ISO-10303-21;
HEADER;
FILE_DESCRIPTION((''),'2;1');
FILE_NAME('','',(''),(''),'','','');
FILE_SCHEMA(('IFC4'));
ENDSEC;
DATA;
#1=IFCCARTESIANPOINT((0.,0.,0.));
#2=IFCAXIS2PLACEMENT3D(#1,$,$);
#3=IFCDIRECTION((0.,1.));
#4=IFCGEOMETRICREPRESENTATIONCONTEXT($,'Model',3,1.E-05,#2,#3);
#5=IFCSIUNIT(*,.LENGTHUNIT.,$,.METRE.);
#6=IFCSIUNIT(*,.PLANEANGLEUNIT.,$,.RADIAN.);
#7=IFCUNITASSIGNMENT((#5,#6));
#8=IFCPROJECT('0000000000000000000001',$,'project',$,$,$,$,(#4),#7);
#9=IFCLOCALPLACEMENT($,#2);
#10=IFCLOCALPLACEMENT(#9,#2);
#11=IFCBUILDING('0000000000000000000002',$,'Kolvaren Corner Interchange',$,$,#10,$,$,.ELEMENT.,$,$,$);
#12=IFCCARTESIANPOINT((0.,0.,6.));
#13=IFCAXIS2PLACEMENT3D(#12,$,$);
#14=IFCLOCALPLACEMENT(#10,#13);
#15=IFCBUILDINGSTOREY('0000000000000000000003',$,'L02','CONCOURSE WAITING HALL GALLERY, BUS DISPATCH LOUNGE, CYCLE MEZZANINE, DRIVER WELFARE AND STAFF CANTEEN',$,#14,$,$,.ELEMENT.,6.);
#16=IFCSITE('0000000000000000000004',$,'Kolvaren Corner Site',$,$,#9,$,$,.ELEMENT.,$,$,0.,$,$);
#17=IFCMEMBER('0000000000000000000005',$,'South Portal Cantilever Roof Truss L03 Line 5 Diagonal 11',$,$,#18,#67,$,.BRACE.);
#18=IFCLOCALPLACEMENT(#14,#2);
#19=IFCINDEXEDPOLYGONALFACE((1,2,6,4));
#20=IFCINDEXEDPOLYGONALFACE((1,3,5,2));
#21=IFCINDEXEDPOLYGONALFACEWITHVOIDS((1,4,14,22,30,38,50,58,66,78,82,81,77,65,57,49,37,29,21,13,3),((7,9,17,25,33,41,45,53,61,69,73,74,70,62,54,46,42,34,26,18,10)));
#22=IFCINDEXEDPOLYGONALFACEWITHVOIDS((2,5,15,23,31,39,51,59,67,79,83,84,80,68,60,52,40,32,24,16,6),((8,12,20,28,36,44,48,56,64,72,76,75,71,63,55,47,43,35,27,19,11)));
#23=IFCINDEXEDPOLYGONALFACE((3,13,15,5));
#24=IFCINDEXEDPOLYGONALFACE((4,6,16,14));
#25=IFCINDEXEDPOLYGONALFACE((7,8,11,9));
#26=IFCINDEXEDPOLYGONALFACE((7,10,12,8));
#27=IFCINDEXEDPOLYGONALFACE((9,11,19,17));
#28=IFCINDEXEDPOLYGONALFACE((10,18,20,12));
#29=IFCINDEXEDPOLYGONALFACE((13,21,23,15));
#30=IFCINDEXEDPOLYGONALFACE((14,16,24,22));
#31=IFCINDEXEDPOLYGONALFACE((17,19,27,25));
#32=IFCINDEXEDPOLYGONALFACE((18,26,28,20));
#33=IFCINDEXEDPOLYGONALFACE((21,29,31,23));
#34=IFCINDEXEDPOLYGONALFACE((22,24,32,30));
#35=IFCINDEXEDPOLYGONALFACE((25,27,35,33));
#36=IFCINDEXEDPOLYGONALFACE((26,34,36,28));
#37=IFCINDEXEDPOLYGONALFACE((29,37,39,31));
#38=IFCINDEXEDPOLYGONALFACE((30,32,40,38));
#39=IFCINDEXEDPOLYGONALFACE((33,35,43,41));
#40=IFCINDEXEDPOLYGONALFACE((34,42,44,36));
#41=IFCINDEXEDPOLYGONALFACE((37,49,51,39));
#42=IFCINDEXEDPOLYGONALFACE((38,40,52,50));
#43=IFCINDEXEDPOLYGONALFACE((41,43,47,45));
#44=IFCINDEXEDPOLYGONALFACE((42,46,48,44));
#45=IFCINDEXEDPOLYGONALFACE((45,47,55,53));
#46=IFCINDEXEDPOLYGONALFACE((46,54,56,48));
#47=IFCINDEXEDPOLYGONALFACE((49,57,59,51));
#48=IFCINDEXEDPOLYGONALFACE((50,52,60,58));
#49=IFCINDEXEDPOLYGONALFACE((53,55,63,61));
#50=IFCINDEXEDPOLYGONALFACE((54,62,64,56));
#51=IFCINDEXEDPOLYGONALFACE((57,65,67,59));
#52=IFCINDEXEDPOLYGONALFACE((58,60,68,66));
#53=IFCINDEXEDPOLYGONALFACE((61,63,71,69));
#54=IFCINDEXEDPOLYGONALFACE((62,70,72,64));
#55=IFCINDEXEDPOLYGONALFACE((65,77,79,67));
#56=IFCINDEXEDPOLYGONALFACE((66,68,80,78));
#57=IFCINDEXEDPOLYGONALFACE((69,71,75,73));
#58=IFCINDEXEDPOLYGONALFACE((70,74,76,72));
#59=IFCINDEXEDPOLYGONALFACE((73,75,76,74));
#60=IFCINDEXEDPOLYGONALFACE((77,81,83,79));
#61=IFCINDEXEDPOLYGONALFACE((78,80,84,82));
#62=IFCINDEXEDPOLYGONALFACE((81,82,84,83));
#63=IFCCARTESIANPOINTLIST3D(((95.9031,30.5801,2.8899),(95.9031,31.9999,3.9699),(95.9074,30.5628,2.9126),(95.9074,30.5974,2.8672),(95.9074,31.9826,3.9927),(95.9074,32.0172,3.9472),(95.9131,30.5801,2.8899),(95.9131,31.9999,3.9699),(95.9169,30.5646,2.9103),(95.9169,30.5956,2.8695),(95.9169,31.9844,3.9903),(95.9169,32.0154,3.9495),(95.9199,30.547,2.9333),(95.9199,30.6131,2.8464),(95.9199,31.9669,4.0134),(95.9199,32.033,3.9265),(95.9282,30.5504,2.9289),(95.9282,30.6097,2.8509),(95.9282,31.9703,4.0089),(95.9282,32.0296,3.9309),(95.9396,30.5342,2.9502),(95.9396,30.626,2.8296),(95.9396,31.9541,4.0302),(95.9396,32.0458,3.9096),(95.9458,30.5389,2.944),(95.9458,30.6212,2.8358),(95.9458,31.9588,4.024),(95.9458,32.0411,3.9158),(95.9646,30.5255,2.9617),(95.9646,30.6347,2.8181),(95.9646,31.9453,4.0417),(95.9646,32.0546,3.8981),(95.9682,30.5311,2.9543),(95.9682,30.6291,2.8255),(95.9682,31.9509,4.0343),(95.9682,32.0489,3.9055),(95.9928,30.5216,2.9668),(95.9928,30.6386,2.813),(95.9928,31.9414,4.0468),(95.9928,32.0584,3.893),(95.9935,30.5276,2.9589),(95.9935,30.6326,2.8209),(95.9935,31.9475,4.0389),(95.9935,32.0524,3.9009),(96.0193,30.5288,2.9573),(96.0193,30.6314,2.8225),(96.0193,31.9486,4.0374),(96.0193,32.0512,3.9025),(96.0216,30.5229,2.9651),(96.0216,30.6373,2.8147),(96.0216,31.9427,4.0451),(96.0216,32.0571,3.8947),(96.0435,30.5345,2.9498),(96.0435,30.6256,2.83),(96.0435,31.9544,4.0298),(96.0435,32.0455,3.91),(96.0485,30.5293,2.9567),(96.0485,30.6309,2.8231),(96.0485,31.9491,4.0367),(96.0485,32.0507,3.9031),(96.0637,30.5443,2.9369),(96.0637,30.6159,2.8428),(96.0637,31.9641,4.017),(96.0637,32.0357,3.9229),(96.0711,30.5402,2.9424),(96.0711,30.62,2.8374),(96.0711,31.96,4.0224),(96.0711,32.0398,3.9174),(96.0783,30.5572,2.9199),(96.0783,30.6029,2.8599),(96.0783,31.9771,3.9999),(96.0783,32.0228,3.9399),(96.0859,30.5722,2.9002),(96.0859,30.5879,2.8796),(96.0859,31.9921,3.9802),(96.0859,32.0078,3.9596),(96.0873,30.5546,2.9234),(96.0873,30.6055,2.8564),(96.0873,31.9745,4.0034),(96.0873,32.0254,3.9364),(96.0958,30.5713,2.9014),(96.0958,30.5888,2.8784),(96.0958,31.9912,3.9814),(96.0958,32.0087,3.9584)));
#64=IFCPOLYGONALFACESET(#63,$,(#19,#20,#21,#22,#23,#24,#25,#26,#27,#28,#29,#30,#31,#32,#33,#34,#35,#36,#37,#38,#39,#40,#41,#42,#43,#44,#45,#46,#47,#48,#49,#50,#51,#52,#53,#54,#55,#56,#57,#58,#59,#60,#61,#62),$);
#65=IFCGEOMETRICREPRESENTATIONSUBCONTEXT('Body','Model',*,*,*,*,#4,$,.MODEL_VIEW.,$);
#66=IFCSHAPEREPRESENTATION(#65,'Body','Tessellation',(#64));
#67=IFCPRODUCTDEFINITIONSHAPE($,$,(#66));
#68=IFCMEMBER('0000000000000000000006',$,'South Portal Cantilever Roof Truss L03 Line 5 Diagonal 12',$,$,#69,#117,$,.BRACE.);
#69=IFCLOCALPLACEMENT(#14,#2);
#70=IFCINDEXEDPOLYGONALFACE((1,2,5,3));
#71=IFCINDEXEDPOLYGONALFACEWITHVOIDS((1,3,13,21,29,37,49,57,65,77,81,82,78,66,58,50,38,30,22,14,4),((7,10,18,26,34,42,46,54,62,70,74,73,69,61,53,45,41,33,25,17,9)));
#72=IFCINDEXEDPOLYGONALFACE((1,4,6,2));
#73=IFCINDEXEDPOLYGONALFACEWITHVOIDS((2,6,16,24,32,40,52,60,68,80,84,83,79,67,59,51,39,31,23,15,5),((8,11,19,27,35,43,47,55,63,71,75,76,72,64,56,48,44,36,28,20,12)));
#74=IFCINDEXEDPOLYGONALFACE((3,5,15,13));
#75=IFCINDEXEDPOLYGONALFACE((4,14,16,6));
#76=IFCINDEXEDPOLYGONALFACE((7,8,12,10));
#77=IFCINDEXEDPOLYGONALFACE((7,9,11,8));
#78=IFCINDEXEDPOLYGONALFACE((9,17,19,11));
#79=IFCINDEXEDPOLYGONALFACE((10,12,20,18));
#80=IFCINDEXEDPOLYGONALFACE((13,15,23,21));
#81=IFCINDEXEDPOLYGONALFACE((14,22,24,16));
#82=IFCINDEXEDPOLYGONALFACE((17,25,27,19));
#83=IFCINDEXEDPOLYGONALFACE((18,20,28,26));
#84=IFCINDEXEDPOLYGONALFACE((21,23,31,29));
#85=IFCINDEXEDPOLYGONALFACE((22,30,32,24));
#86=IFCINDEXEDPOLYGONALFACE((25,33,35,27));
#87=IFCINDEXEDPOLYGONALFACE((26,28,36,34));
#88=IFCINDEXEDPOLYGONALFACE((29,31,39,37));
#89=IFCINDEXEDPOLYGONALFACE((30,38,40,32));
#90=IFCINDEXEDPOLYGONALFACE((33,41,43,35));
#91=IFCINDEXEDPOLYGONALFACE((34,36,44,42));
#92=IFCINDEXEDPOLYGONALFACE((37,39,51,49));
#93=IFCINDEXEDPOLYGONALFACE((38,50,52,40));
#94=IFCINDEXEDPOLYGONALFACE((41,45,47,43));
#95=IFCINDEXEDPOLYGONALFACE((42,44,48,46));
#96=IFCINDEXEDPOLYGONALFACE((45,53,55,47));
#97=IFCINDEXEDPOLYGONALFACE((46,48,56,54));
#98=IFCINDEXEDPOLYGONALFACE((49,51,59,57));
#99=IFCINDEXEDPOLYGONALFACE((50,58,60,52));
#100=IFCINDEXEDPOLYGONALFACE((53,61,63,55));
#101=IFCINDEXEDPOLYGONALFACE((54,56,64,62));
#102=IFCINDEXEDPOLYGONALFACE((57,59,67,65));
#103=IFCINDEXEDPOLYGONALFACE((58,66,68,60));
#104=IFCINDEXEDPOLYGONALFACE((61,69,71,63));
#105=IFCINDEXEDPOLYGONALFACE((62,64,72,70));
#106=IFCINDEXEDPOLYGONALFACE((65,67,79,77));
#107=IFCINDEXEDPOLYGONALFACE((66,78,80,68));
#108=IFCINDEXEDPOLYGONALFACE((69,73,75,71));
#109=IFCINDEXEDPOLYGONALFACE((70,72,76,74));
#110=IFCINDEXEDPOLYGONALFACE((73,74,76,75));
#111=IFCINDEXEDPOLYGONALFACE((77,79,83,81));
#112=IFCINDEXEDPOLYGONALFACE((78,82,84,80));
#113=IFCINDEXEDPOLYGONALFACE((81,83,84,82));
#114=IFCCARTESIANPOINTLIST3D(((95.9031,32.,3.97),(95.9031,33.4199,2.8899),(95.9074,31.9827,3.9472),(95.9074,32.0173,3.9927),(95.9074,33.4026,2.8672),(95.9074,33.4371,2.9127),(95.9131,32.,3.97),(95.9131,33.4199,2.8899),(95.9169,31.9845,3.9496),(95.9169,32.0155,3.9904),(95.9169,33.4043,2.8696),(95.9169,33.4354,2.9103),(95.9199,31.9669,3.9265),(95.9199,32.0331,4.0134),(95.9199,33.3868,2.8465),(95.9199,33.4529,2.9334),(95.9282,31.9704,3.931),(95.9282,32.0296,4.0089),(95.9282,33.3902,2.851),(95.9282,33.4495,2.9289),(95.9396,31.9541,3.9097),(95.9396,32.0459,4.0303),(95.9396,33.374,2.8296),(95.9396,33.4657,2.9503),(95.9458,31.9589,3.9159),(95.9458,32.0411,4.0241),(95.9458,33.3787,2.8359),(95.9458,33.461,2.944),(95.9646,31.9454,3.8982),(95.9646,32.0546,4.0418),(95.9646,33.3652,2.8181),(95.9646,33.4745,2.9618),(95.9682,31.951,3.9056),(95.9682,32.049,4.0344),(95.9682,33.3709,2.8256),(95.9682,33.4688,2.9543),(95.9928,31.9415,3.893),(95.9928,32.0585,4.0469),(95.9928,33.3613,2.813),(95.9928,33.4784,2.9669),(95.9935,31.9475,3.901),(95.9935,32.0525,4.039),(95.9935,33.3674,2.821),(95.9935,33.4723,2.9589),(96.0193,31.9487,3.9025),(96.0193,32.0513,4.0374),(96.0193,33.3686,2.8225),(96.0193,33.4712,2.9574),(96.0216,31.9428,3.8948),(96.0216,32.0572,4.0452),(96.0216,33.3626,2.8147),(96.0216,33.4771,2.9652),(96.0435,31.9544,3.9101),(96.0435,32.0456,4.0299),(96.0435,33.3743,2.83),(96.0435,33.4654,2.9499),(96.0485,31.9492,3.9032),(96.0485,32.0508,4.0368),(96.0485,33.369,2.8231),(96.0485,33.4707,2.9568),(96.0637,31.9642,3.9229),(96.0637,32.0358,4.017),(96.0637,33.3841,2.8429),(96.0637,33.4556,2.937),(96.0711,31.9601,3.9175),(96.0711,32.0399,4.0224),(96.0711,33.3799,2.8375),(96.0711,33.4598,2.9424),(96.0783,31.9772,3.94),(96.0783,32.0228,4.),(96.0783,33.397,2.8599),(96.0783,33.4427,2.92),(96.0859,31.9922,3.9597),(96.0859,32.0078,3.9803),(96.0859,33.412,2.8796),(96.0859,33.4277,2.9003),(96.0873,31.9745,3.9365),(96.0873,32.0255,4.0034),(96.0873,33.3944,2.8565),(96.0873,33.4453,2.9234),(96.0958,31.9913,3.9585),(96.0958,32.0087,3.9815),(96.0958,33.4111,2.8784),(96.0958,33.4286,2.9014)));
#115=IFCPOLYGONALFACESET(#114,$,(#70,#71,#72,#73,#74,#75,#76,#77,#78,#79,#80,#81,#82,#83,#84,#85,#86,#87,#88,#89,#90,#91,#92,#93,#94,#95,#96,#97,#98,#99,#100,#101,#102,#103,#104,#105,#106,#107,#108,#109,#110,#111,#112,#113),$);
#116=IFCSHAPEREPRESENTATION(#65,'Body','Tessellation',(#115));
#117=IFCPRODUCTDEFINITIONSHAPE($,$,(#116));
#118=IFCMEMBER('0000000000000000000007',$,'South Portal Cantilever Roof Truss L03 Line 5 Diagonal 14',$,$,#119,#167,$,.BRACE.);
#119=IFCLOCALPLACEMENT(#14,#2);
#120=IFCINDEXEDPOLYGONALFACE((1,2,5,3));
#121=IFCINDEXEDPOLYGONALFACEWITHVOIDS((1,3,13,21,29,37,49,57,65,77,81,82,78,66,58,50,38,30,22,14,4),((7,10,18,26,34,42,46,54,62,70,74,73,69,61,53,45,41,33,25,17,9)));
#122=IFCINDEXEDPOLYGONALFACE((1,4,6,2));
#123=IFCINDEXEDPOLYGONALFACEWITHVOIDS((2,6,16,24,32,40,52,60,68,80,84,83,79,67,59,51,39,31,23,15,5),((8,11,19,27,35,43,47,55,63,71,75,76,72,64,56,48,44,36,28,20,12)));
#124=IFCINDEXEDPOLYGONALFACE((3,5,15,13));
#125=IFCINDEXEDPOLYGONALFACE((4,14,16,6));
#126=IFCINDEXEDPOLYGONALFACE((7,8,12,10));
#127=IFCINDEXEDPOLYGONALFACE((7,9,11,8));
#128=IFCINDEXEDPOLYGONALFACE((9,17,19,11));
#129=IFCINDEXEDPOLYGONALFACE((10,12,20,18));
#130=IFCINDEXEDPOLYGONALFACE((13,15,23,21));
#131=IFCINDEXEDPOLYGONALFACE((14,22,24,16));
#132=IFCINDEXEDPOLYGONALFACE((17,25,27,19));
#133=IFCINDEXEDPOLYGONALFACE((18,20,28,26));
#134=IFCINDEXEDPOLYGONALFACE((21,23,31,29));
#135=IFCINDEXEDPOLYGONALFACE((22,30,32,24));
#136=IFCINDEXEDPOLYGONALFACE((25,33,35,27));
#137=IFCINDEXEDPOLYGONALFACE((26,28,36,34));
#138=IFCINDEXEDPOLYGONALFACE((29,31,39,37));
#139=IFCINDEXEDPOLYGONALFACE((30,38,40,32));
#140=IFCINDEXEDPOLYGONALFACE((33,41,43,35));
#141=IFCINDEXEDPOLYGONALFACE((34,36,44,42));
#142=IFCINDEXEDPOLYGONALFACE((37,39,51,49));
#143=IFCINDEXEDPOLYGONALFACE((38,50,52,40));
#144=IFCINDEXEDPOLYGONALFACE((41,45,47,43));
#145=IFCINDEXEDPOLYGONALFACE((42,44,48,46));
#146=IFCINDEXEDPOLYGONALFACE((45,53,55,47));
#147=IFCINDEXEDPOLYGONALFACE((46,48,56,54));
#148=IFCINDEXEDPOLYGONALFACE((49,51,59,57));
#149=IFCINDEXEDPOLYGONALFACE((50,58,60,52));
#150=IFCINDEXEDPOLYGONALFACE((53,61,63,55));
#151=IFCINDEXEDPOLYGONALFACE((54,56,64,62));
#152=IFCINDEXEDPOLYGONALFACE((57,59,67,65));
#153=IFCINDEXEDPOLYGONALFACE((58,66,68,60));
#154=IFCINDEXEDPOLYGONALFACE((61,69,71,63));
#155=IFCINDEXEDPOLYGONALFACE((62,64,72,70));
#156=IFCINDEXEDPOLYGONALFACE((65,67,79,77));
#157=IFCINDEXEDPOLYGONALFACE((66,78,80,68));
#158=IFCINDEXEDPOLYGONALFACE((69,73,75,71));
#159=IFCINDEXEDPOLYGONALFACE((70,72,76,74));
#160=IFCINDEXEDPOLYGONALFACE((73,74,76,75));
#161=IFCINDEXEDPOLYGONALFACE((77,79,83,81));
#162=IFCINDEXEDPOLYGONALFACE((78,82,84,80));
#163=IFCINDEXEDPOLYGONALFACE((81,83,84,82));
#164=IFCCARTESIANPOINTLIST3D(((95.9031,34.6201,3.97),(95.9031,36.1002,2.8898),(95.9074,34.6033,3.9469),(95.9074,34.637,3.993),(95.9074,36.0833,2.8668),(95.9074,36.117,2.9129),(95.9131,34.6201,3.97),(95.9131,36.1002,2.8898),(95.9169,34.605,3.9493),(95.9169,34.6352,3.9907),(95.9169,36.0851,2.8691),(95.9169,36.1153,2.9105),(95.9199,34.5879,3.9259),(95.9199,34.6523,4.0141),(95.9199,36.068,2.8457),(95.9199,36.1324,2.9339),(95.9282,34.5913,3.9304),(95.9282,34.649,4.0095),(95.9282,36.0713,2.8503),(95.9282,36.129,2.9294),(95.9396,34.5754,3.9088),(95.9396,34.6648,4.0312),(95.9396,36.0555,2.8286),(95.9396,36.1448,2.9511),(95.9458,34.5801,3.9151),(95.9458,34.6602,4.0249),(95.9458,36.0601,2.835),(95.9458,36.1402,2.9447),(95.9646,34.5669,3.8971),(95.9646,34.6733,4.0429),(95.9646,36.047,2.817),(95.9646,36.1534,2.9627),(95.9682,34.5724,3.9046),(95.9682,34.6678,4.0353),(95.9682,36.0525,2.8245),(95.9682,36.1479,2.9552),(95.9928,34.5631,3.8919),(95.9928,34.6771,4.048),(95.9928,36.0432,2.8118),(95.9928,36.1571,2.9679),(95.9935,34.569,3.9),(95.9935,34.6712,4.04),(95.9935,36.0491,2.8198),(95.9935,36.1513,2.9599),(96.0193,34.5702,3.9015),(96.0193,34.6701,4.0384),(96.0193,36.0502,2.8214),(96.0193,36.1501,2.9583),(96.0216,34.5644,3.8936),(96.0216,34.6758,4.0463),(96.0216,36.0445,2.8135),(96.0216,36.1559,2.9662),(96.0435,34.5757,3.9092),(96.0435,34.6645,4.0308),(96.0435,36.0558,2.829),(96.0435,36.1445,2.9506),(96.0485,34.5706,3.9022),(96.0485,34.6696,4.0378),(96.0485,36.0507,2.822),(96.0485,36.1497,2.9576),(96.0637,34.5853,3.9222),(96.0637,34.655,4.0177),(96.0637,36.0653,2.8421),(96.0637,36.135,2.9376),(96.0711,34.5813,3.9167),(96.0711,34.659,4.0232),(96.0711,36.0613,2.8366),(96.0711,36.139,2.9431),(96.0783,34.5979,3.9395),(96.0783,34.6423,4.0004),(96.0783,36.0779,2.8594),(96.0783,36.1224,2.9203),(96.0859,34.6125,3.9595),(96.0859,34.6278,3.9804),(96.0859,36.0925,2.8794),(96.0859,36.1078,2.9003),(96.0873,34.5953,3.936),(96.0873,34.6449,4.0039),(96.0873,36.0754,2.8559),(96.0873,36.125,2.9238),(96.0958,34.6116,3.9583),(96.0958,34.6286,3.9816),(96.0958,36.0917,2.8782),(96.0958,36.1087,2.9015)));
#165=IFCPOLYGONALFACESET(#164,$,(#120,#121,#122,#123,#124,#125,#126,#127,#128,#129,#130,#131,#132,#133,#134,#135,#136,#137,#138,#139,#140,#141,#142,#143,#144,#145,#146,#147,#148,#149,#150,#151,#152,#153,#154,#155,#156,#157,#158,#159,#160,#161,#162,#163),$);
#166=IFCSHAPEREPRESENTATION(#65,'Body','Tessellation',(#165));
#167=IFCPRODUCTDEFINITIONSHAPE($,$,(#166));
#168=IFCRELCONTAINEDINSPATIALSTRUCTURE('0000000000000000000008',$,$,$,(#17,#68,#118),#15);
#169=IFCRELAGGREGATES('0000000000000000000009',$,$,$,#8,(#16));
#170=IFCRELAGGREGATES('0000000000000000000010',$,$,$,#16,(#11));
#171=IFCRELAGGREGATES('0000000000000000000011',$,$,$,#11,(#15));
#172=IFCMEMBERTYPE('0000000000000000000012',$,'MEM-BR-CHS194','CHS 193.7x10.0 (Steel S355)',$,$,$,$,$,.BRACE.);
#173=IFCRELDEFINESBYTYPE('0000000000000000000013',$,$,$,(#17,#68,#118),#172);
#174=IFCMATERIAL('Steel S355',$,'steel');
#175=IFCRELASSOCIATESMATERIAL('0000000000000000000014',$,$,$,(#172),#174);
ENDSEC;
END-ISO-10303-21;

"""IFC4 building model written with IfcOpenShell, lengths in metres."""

from ifc_helpers import new_model, si_unit, direction, frame, origin, origin_2d, place, context, subcontext, project, spatial, hollow_circle, extrude, material, material_profile, profile_set, type_object, element, save


model = new_model("IFC4")

# Units and contexts
model_context = context("Model", 3, precision=1e-05, world=origin(), true_north=direction((0.0, 1.0)))
body_context = subcontext(model_context, "Body", "Model", "MODEL_VIEW")
ifc_project = project(units=[si_unit("LENGTHUNIT", "METRE"), si_unit("PLANEANGLEUNIT", "RADIAN")], contexts=[model_context])

# Site, building, storey
site_placement = place(None, origin())
site = spatial("IfcSite", under=ifc_project, at=site_placement, Name="Kolvaren Corner Site", CompositionType="ELEMENT", RefElevation=0.0)
building_placement = place(site_placement, origin())
building = spatial("IfcBuilding", under=site, at=building_placement, Name="Kolvaren Corner Interchange", CompositionType="ELEMENT")
storey_placement = place(building_placement, frame((0.0, 0.0, 6.0)))
storey = spatial("IfcBuildingStorey", under=building, at=storey_placement, Name="L02", Description="CONCOURSE WAITING HALL GALLERY, BUS DISPATCH LOUNGE, CYCLE MEZZANINE, DRIVER WELFARE AND STAFF CANTEEN", CompositionType="ELEMENT", Elevation=6.0)

# Members
ifc_material_1 = material(Name="Steel S355", Category="steel")
ifc_material_profile_1 = material_profile(ifc_material_1, hollow_circle(Radius=0.0969, WallThickness=0.01, at=origin_2d()), Name="CHS 193.7x10.0")
ifc_profile_set_1 = profile_set([ifc_material_profile_1], Name="Steel S355")
member_type_1 = type_object("IfcMemberType", Name="MEM-BR-CHS194", Description="CHS 193.7x10.0 (Steel S355)", PredefinedType="BRACE", material=ifc_profile_set_1)
for number, where, z_axis, x_axis, name in (
    (1, (96.0, 30.5801, 2.8899), (0.0, 0.795909, 0.605416), (-1.0, 0.0, 0.0), "South Portal Cantilever Roof Truss L03 Line 5 Diagonal 11"),
    (2, (96.0, 32.0, 3.97), (0.0, 0.795909, -0.605416), (-1.0, 0.0, 0.0), "South Portal Cantilever Roof Truss L03 Line 5 Diagonal 12"),
):
    element("IfcMember", number, at=place(storey_placement, frame(where, z_axis=z_axis, x_axis=x_axis)), inside=storey, type_object=member_type_1, Name=name, PredefinedType="BRACE", context=body_context, shape_type="SweptSolid", body=[
        extrude(hollow_circle(Radius=0.0969, WallThickness=0.01, at=origin_2d()), origin(), (0.0, 0.0, 1.0), 1.7839),
    ])
for number, where, z_axis, x_axis, name in (
    (3, (96.0, 34.6201, 3.97), (0.0, 0.807767, -0.589502), (-1.0, 0.0, 0.0), "South Portal Cantilever Roof Truss L03 Line 5 Diagonal 14"),
):
    element("IfcMember", number, at=place(storey_placement, frame(where, z_axis=z_axis, x_axis=x_axis)), inside=storey, type_object=member_type_1, Name=name, PredefinedType="BRACE", context=body_context, shape_type="SweptSolid", body=[
        extrude(hollow_circle(Radius=0.0969, WallThickness=0.01, at=origin_2d()), origin(), (0.0, 0.0, 1.0), 1.8323),
    ])

save(model, "model.ifc")
